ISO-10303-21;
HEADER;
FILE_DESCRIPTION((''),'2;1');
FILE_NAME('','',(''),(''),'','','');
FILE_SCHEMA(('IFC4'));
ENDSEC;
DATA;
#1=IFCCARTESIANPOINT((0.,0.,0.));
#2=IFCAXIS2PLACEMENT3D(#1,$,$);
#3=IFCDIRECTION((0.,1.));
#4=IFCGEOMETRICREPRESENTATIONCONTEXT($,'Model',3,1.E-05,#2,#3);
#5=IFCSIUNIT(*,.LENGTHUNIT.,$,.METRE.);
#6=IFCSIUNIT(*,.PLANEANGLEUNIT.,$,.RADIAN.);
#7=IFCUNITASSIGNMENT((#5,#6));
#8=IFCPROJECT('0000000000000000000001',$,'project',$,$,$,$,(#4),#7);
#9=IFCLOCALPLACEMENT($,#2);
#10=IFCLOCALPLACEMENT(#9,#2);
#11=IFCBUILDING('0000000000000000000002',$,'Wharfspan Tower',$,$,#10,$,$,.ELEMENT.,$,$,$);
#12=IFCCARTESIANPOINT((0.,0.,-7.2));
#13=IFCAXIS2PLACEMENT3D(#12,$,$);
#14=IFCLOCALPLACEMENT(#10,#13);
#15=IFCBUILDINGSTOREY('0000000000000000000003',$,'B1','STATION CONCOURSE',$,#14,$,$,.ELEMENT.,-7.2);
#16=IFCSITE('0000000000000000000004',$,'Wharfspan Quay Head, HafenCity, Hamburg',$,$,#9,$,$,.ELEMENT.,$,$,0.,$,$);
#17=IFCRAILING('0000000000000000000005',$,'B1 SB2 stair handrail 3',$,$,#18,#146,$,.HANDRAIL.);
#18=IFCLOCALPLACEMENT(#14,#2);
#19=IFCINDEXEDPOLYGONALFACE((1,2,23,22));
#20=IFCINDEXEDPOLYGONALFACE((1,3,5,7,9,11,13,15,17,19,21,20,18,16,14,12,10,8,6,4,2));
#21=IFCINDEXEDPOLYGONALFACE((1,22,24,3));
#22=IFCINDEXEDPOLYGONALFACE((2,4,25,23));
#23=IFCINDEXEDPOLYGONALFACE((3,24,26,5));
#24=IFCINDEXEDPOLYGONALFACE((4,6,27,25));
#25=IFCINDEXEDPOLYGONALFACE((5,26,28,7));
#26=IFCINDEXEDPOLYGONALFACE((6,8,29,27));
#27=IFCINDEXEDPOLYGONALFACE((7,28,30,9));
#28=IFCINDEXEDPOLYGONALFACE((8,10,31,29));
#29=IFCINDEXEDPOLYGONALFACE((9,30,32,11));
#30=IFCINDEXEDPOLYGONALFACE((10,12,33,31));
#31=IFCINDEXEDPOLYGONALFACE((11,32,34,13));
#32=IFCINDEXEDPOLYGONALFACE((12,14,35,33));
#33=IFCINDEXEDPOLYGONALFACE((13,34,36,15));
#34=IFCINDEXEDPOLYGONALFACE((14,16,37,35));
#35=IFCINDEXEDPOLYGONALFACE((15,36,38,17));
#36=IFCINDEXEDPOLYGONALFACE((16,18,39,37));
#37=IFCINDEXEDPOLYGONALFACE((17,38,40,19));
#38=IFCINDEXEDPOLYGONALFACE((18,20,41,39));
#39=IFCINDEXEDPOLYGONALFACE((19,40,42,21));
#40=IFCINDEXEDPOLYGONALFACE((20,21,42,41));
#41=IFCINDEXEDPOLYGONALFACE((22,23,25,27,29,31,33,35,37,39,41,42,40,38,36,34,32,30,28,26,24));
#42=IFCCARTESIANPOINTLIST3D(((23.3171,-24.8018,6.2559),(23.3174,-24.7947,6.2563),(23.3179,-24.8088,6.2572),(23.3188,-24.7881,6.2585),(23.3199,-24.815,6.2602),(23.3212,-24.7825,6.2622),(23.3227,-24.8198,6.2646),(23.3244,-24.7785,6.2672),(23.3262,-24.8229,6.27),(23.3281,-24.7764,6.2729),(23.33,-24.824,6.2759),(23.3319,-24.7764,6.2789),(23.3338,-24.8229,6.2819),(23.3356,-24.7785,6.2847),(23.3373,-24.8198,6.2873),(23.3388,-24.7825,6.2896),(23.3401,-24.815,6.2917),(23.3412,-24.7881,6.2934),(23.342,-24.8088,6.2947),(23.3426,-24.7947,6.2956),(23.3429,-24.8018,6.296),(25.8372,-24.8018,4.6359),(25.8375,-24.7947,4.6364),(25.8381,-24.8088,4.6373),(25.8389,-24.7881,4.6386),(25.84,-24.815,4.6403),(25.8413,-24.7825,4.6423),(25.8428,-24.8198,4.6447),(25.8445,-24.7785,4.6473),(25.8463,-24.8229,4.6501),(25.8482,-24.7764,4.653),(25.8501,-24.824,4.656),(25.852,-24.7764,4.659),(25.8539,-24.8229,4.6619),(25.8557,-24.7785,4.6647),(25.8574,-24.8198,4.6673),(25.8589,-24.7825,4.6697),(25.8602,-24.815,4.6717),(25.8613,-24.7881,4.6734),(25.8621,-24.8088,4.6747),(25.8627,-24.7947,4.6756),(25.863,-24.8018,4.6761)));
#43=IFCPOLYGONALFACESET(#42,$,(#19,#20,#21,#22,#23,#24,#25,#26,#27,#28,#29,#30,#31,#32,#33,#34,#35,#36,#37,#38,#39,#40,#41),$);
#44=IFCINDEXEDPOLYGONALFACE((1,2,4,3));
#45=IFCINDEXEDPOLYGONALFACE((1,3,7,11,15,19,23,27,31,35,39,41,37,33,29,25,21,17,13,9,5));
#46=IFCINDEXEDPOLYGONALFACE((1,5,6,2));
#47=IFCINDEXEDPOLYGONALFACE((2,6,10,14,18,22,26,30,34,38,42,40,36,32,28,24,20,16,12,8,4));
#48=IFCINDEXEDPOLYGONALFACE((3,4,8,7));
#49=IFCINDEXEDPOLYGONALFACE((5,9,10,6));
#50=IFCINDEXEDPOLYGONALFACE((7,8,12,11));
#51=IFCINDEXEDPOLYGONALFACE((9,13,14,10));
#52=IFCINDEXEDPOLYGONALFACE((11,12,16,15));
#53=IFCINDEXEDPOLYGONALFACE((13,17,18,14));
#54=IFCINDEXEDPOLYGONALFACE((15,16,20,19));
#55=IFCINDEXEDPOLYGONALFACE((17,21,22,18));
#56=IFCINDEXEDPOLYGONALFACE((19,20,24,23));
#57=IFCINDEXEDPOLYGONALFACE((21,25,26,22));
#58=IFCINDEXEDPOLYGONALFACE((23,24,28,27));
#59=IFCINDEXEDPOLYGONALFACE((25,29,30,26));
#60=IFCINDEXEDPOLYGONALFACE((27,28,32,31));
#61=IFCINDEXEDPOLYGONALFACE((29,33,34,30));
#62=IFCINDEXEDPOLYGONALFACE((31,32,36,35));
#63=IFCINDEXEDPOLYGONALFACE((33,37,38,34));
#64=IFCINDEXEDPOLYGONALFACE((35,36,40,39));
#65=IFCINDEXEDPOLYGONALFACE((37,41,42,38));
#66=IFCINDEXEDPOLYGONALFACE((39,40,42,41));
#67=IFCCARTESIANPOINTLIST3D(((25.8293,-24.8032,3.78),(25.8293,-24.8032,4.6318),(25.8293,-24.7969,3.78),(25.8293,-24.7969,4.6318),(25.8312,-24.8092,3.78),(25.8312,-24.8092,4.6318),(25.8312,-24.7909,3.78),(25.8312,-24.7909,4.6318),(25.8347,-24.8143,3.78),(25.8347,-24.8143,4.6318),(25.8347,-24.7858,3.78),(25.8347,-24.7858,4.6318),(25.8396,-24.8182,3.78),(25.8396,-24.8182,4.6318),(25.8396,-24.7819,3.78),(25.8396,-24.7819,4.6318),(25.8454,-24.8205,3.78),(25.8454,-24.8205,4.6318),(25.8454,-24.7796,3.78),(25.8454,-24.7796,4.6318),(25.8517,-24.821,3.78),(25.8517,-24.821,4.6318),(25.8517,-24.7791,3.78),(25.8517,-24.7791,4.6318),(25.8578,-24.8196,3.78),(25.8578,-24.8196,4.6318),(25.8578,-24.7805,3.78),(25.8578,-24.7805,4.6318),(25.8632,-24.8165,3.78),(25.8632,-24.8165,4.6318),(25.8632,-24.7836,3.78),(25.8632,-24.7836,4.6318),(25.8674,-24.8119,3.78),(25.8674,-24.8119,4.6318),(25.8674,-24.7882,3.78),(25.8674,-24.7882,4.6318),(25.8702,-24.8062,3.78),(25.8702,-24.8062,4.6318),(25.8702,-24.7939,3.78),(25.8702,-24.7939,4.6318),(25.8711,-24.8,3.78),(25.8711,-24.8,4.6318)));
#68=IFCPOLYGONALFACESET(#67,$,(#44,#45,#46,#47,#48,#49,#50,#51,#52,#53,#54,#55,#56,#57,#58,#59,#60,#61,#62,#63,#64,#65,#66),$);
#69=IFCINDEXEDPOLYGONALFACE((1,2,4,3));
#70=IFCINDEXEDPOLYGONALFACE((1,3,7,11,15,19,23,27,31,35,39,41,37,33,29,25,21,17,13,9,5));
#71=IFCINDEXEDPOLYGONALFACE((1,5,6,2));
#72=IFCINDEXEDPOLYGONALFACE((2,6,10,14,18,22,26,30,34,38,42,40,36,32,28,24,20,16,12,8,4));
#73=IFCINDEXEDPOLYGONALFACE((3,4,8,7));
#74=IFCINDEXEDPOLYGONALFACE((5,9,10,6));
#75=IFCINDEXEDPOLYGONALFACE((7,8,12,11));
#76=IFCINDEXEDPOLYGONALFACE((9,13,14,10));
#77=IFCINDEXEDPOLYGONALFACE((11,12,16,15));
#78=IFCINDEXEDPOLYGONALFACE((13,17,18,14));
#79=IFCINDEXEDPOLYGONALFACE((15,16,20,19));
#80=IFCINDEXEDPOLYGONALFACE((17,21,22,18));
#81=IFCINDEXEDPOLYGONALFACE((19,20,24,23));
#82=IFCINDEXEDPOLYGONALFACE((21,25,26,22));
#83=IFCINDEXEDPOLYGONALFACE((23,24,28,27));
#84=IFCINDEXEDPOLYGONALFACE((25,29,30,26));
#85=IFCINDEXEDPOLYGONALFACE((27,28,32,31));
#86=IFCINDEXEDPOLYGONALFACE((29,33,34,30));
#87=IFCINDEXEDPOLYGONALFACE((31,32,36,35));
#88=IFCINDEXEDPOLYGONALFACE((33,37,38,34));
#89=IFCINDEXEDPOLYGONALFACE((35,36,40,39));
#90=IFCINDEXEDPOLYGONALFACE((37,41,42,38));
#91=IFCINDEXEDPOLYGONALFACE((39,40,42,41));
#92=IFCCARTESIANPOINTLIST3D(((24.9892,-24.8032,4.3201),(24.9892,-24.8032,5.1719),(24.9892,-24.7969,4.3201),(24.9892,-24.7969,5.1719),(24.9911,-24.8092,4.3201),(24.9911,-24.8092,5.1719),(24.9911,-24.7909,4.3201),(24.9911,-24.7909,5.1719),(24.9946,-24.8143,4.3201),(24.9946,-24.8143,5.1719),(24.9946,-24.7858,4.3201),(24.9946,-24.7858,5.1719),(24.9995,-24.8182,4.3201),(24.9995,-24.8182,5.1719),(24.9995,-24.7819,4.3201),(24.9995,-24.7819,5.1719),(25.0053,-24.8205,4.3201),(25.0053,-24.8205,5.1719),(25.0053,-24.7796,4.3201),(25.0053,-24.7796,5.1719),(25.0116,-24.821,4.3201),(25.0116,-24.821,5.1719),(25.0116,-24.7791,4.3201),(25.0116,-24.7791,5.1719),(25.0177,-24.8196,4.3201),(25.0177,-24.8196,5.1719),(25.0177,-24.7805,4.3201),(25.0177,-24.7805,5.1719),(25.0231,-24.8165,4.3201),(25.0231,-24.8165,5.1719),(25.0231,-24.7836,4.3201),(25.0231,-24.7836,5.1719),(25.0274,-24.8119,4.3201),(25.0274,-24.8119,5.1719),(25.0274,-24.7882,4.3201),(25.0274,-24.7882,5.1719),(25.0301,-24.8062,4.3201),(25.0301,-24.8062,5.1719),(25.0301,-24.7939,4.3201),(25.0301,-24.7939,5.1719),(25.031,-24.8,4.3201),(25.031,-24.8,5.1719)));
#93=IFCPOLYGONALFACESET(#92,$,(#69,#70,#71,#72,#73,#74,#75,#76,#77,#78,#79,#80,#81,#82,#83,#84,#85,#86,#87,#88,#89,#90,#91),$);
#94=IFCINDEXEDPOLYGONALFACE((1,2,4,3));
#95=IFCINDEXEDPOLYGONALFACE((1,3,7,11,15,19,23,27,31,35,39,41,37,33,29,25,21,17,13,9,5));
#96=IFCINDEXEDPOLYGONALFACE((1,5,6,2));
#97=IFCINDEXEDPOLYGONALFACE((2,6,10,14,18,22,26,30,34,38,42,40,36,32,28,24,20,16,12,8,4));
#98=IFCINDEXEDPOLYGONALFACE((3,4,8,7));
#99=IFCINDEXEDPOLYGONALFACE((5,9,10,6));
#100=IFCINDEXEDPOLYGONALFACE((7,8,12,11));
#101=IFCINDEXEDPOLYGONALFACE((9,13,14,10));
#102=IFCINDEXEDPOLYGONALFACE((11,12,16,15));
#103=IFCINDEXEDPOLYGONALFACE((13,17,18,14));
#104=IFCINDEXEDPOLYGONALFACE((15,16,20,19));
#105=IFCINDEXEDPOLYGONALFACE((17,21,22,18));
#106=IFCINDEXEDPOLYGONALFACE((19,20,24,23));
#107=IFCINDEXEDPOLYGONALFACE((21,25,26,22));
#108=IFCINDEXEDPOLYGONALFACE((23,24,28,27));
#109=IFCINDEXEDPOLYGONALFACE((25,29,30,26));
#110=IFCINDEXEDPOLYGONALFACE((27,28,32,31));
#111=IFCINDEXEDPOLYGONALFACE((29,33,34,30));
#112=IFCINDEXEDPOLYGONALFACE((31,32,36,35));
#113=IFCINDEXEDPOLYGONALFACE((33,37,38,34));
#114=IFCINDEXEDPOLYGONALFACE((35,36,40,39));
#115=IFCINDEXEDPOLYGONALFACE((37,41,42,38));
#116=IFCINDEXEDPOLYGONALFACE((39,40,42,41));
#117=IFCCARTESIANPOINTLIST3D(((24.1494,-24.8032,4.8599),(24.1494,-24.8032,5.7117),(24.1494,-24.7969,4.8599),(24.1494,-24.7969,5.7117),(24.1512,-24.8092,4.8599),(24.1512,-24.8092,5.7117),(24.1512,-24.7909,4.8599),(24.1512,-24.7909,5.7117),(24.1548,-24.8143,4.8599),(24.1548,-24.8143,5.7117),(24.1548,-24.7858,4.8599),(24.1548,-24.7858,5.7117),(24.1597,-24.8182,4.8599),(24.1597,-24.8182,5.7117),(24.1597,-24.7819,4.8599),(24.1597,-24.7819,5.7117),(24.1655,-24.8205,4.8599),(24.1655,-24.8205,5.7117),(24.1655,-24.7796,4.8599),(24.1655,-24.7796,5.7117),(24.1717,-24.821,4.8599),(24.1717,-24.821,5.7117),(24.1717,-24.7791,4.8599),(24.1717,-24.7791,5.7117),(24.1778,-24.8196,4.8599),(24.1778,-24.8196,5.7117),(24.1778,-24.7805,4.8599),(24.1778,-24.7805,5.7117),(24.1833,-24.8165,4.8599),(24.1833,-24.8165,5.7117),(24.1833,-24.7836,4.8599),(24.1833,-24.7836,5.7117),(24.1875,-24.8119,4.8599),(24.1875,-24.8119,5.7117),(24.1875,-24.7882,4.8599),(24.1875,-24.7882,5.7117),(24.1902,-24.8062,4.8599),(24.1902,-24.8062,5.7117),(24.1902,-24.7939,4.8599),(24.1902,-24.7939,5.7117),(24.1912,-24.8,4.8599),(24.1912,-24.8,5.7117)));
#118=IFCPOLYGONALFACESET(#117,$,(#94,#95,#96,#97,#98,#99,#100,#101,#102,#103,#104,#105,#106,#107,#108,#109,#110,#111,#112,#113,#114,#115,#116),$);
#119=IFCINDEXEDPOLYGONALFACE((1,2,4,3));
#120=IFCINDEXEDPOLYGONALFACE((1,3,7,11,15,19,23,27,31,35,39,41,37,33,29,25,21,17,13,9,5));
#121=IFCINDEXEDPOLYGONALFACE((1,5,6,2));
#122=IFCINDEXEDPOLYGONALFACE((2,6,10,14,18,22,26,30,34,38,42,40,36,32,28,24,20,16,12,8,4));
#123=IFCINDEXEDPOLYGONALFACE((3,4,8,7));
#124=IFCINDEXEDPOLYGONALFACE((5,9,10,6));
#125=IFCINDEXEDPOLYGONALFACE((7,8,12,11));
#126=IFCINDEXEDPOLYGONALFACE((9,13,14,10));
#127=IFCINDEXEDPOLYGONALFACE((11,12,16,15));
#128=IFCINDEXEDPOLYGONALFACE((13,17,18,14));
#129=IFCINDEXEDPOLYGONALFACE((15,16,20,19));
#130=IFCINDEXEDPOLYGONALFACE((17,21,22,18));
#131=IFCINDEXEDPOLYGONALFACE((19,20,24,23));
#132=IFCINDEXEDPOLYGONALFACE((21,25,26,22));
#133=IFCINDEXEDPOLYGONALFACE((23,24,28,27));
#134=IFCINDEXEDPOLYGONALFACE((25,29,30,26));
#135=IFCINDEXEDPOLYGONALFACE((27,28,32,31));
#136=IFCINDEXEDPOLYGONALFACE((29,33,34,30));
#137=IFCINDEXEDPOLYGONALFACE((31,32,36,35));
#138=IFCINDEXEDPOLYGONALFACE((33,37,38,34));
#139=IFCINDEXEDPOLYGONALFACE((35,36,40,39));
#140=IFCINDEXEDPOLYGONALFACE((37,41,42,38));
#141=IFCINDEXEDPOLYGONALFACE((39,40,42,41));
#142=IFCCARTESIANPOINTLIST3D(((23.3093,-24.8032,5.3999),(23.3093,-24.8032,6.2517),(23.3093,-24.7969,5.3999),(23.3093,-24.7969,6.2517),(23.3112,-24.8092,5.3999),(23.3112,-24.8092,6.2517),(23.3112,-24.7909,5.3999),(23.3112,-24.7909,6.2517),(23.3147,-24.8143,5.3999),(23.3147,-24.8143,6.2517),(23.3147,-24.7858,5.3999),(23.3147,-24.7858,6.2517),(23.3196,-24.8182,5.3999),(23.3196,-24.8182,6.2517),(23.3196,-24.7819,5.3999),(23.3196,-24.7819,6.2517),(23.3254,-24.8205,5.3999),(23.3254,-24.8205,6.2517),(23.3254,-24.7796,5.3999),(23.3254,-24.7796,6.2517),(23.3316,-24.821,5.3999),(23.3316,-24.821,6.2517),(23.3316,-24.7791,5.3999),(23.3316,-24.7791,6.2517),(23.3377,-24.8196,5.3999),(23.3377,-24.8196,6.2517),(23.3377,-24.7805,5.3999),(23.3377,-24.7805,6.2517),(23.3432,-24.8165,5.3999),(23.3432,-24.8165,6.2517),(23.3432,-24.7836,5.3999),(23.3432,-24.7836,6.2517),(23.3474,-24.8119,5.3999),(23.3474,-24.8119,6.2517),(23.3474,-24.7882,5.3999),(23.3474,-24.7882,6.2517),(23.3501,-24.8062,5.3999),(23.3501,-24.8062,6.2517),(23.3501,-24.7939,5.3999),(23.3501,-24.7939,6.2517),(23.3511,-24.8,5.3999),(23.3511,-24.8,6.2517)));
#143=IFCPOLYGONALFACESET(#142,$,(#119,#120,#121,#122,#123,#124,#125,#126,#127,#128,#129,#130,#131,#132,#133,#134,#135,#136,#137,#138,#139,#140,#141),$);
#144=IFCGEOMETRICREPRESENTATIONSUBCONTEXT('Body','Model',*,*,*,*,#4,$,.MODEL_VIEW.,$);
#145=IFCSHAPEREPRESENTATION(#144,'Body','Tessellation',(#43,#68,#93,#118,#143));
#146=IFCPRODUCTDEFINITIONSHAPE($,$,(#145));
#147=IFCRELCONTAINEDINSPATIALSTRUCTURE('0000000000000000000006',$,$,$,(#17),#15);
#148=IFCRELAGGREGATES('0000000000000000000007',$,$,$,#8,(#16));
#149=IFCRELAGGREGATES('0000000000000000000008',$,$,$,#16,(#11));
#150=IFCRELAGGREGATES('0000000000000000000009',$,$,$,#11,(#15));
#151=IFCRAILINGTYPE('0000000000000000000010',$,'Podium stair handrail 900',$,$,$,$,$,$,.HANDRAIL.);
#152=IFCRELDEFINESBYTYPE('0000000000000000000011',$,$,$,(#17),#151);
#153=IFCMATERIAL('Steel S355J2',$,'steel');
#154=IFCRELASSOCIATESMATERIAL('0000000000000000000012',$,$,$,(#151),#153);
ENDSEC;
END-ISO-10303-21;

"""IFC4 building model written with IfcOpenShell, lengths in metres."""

from ifc_helpers import new_model, si_unit, direction, frame, origin, origin_2d, place, context, subcontext, project, spatial, circle, extrude, material, type_object, element, save


model = new_model("IFC4")

# Units and contexts
model_context = context("Model", 3, precision=1e-05, world=origin(), true_north=direction((0.0, 1.0)))
body_context = subcontext(model_context, "Body", "Model", "MODEL_VIEW")
ifc_project = project(units=[si_unit("LENGTHUNIT", "METRE"), si_unit("PLANEANGLEUNIT", "RADIAN")], contexts=[model_context])

# Site, building, storey
site_placement = place(None, origin())
site = spatial("IfcSite", under=ifc_project, at=site_placement, Name="Wharfspan Quay Head, HafenCity, Hamburg", CompositionType="ELEMENT", RefElevation=0.0)
building_placement = place(site_placement, origin())
building = spatial("IfcBuilding", under=site, at=building_placement, Name="Wharfspan Tower", CompositionType="ELEMENT")
storey_placement = place(building_placement, frame((0.0, 0.0, -7.2)))
storey = spatial("IfcBuildingStorey", under=building, at=storey_placement, Name="B1", Description="STATION CONCOURSE", CompositionType="ELEMENT", Elevation=-7.2)

# Railing
ifc_material_1 = material(Name="Steel S355J2", Category="steel")
railing_type = type_object("IfcRailingType", Name="Podium stair handrail 900", PredefinedType="HANDRAIL", material=ifc_material_1)
railing_1_placement = place(storey_placement, frame((25.8501, -24.8, 3.78)))
element("IfcRailing", 1, at=railing_1_placement, inside=storey, type_object=railing_type, Name="B1 SB2 stair handrail 3", PredefinedType="HANDRAIL", context=body_context, shape_type="SweptSolid", body=[
    extrude(circle(Radius=0.0239, at=origin_2d()), frame((0.0, 0.0, 0.876), z_axis=(-0.8412, 0.0, 0.540725), x_axis=(0.0, -1.0, 0.0)), (0.0, 0.0, 1.0), 2.9958),
    extrude(circle(Radius=0.021, at=origin_2d()), origin(), (0.0, 0.0, 1.0), 0.8518),
    extrude(circle(Radius=0.021, at=origin_2d()), frame((-0.8401, 0.0, 0.54)), (0.0, 0.0, 1.0), 0.8518),
    extrude(circle(Radius=0.021, at=origin_2d()), frame((-1.6799, 0.0, 1.0798)), (0.0, 0.0, 1.0), 0.8518),
    extrude(circle(Radius=0.021, at=origin_2d()), frame((-2.52, 0.0, 1.6199)), (0.0, 0.0, 1.0), 0.8518),
])

save(model, "model.ifc")
